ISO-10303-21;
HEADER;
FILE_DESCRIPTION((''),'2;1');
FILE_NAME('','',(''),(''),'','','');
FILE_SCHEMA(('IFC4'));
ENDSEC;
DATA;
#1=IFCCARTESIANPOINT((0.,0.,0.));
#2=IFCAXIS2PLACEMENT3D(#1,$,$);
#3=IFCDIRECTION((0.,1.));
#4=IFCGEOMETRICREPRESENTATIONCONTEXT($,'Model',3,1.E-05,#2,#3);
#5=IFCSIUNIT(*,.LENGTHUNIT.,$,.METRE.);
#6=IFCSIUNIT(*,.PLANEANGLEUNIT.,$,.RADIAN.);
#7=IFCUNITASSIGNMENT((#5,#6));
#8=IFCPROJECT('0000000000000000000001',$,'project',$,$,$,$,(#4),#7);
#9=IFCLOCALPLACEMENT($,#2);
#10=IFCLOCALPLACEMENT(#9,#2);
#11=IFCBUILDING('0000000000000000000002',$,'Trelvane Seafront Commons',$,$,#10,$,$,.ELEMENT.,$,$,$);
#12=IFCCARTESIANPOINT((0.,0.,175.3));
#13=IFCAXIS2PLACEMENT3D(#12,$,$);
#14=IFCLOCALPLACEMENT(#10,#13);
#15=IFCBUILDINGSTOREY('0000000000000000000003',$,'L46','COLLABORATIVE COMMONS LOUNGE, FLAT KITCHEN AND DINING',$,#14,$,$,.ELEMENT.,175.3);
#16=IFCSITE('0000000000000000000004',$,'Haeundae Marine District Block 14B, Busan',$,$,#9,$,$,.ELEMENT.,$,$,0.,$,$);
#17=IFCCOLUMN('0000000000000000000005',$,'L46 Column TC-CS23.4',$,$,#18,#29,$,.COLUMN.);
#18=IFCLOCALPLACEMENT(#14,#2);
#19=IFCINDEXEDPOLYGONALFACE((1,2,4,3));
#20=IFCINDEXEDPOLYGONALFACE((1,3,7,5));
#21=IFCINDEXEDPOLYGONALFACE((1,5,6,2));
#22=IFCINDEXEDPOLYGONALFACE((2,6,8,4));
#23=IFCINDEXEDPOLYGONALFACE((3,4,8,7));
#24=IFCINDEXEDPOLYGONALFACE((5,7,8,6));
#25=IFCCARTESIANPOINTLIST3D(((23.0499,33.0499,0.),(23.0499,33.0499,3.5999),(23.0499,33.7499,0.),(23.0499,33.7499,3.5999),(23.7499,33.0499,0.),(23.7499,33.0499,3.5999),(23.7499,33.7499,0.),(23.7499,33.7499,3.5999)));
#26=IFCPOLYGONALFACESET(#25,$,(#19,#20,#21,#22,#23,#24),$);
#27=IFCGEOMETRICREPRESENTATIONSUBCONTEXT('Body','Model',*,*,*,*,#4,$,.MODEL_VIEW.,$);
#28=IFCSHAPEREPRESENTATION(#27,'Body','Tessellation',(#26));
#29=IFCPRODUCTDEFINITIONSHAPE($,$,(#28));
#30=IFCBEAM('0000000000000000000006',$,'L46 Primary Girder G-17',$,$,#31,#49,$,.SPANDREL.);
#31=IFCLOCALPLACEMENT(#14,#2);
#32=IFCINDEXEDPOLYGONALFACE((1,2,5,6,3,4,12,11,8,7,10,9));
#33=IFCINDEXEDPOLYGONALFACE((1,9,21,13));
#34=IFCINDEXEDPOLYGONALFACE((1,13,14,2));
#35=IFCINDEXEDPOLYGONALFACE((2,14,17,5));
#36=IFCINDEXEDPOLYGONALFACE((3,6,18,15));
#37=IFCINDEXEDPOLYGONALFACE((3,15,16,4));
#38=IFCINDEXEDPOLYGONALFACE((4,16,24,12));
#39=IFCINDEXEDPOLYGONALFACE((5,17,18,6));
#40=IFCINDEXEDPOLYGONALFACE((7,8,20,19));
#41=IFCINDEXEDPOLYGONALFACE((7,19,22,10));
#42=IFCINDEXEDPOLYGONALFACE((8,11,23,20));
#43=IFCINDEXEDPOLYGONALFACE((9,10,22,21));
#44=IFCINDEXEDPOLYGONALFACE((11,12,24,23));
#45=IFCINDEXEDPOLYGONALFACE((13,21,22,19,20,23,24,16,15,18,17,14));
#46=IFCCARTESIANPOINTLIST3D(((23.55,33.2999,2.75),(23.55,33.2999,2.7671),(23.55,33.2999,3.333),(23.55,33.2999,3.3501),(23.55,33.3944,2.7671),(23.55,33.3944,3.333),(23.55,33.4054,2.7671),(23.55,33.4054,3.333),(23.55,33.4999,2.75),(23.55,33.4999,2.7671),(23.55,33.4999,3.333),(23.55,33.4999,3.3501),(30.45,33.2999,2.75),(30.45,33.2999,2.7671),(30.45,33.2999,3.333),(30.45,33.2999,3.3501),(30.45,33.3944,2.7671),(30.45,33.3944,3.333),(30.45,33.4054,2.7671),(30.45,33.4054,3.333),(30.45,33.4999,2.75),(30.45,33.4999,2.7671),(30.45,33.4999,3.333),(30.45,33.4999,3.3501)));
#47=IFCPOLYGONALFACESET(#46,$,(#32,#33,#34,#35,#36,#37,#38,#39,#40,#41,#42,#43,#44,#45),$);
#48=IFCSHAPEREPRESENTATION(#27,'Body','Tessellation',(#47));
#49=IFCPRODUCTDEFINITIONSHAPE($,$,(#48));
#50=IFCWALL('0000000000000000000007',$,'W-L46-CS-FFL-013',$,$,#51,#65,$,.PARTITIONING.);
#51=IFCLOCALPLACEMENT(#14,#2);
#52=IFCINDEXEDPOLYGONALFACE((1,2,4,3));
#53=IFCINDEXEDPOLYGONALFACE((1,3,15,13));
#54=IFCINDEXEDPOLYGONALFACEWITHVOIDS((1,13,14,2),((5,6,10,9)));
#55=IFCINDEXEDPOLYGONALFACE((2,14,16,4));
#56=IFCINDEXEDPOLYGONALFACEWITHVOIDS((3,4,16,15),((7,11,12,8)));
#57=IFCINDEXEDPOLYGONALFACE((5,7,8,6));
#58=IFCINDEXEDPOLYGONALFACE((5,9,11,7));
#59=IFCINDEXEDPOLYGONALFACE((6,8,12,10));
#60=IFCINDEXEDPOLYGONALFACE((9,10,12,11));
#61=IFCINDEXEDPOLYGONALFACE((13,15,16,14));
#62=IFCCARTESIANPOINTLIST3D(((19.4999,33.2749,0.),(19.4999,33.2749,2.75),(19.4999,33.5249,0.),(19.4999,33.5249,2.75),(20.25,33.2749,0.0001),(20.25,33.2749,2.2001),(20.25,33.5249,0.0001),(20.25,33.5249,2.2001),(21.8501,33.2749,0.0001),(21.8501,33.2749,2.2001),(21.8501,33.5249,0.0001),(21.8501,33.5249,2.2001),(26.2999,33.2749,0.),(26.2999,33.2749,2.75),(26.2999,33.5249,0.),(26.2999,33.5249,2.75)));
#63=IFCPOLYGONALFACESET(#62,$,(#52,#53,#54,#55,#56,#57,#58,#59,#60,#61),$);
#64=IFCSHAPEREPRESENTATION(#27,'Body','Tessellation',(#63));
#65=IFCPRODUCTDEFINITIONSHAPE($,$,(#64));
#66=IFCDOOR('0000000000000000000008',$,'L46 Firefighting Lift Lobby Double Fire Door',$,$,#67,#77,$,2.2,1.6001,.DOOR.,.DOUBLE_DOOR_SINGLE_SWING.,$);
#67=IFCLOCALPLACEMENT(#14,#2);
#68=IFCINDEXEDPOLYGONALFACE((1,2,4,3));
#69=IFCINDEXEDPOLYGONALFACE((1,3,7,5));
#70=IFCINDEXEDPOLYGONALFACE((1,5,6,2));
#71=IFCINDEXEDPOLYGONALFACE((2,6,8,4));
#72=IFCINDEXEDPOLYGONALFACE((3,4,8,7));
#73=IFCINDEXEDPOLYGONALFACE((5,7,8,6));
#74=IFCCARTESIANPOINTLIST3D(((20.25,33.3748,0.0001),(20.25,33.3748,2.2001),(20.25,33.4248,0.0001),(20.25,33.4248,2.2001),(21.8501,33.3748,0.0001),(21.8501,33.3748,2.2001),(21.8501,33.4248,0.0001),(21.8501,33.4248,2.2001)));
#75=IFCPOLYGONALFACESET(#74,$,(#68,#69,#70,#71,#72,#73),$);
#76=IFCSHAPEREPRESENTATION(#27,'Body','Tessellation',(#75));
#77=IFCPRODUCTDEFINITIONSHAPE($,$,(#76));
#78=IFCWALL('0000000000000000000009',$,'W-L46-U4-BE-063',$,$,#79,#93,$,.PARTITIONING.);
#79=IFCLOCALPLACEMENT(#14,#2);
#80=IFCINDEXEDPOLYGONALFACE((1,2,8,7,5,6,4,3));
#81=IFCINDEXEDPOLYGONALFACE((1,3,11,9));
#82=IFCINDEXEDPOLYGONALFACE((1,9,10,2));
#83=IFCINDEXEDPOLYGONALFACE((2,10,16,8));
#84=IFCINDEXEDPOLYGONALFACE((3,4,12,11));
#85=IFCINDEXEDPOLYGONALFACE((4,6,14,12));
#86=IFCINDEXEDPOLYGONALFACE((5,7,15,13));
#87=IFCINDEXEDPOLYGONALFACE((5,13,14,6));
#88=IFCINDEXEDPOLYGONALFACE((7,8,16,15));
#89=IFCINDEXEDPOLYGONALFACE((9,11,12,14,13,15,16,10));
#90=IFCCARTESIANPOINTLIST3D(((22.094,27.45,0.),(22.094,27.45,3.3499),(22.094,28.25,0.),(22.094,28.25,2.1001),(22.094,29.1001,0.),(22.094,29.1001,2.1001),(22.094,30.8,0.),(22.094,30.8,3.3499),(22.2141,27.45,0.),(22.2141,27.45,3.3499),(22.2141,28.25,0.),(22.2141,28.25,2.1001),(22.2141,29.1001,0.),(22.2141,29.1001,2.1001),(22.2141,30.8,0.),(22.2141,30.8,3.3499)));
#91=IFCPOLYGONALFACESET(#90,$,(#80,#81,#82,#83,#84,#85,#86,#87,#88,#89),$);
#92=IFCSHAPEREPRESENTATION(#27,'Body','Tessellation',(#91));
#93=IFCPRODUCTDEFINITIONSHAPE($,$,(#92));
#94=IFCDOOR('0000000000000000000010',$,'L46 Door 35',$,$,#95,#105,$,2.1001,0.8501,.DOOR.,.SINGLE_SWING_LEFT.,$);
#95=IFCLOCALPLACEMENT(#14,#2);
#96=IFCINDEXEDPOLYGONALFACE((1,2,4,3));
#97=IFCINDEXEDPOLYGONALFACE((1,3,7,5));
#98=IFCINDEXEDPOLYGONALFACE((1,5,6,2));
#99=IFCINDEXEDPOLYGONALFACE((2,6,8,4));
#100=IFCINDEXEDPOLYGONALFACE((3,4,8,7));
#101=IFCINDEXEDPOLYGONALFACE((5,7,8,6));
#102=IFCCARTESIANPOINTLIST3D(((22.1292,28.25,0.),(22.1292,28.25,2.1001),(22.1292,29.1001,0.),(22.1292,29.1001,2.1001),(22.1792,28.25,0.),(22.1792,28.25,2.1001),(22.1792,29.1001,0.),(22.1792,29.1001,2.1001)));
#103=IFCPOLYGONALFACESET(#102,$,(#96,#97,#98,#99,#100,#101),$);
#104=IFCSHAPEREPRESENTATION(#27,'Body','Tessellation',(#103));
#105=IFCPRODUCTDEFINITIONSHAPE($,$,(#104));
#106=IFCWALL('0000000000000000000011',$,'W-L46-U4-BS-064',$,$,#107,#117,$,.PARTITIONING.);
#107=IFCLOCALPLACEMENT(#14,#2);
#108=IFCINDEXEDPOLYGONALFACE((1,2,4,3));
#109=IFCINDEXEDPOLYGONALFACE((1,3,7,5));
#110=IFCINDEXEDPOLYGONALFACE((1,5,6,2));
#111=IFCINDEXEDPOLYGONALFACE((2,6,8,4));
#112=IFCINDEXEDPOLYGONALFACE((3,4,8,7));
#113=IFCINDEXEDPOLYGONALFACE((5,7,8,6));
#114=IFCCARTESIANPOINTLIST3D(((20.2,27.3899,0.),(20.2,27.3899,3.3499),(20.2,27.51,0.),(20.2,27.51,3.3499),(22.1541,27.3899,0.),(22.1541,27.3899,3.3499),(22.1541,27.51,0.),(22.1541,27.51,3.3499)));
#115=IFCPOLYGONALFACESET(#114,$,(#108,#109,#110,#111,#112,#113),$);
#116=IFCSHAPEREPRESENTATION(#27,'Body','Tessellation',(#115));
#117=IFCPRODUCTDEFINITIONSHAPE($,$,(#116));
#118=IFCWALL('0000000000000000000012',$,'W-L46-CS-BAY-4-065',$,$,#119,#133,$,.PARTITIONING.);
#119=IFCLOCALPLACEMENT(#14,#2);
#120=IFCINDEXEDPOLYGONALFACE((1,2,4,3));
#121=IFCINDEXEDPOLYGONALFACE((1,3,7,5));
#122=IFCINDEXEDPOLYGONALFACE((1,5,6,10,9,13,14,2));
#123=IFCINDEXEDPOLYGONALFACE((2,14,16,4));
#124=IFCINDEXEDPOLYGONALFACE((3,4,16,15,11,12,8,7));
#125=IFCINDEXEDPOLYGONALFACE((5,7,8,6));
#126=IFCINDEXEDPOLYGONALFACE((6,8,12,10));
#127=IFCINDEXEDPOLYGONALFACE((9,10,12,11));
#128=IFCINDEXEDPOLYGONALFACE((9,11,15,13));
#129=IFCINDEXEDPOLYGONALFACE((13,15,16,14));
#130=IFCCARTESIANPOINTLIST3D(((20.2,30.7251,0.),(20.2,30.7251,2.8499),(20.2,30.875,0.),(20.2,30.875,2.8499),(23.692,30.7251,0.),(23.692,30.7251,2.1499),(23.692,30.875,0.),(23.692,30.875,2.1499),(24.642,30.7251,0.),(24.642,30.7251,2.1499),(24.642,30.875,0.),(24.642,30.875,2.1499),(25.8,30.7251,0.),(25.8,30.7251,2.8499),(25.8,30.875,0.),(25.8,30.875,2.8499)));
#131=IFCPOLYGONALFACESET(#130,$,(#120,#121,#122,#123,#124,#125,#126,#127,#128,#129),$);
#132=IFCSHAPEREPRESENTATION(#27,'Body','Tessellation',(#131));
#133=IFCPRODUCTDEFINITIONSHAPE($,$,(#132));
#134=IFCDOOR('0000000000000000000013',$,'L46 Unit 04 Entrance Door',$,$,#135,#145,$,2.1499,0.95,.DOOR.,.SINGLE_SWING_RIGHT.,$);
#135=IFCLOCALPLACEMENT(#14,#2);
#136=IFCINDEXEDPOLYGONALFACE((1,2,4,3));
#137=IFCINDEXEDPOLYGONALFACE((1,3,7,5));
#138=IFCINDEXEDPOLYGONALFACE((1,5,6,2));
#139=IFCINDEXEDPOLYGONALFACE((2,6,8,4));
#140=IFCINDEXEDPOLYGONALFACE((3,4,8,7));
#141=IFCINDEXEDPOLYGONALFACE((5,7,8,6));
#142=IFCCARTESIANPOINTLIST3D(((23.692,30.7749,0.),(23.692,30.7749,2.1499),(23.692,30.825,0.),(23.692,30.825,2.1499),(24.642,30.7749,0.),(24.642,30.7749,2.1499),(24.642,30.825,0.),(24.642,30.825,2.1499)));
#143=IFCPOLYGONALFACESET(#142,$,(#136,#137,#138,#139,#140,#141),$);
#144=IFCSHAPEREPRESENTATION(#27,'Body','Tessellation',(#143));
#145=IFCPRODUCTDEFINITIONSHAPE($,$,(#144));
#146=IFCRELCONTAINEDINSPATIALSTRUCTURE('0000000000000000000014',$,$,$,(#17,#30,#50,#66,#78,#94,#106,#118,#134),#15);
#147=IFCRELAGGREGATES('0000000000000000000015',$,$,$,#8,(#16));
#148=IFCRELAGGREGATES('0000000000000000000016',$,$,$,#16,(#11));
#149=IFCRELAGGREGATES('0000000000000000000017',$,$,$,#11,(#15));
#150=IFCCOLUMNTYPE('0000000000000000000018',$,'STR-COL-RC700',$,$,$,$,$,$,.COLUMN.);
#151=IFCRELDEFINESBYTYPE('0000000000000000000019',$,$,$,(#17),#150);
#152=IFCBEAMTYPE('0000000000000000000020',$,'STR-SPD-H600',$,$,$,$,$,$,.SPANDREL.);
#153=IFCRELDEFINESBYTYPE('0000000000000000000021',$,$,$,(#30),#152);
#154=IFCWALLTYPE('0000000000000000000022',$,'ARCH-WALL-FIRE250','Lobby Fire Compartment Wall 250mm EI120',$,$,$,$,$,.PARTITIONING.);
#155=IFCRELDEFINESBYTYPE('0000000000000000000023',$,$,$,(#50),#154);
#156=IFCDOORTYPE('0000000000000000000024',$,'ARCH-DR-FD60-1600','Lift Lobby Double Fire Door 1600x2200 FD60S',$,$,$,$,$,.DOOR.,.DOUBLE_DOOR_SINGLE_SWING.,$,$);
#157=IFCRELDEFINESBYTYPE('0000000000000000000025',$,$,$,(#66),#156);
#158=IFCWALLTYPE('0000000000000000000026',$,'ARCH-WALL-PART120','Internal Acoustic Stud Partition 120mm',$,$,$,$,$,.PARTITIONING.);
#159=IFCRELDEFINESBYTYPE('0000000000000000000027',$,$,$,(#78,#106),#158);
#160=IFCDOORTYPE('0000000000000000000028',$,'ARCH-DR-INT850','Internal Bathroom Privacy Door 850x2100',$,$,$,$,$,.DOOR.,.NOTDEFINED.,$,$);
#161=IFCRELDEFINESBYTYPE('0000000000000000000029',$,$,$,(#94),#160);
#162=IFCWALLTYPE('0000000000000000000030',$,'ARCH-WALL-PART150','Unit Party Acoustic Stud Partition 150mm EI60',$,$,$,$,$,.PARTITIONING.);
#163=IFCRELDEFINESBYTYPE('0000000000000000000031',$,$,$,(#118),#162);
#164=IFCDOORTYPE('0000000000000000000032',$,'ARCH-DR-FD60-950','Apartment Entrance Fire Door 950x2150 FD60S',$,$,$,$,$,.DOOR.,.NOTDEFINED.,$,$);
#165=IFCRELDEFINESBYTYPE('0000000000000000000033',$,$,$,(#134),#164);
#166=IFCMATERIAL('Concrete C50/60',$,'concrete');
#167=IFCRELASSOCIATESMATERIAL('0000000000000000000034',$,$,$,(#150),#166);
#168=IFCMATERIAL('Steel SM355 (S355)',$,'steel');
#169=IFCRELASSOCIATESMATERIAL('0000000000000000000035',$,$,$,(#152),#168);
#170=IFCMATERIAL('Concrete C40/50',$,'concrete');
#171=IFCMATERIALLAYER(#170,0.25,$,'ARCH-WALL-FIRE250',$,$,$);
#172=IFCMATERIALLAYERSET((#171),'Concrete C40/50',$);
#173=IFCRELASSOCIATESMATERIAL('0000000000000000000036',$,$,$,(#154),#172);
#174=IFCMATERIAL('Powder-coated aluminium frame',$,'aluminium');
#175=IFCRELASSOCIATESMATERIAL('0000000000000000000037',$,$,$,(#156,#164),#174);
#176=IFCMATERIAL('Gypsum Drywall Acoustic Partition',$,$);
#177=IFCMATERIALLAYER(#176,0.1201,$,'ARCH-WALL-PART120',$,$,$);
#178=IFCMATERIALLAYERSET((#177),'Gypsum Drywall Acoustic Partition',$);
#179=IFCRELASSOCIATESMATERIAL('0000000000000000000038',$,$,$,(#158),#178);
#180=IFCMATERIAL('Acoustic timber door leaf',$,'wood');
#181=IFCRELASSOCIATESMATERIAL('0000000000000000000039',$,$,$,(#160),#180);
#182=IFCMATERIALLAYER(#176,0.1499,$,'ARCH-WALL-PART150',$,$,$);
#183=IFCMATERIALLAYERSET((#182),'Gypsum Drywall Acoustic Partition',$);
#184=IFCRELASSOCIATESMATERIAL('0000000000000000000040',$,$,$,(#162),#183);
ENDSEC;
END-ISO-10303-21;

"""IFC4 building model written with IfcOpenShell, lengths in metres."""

from ifc_helpers import new_model, si_unit, direction, frame, frame_2d, origin, origin_2d, place, context, subcontext, project, spatial, rectangle, i_section, extrude, source, transform, mapped, material, layer, layer_set, material_profile, profile_set, type_object, element, fill, save


model = new_model("IFC4")

# Units and contexts
model_context = context("Model", 3, precision=1e-05, world=origin(), true_north=direction((0.0, 1.0)))
body_context = subcontext(model_context, "Body", "Model", "MODEL_VIEW")
ifc_project = project(units=[si_unit("LENGTHUNIT", "METRE"), si_unit("PLANEANGLEUNIT", "RADIAN")], contexts=[model_context])

# Site, building, storey
site_placement = place(None, origin())
site = spatial("IfcSite", under=ifc_project, at=site_placement, Name="Haeundae Marine District Block 14B, Busan", CompositionType="ELEMENT", RefElevation=0.0)
building_placement = place(site_placement, origin())
building = spatial("IfcBuilding", under=site, at=building_placement, Name="Trelvane Seafront Commons", CompositionType="ELEMENT")
storey_placement = place(building_placement, frame((0.0, 0.0, 175.3)))
storey = spatial("IfcBuildingStorey", under=building, at=storey_placement, Name="L46", Description="COLLABORATIVE COMMONS LOUNGE, FLAT KITCHEN AND DINING", CompositionType="ELEMENT", Elevation=175.3)

# Column
ifc_material_1 = material(Name="Concrete C50/60", Category="concrete")
ifc_material_profile_1 = material_profile(ifc_material_1, rectangle(XDim=0.7, YDim=0.7, at=origin_2d()), Name="RC-700x700")
ifc_profile_set_1 = profile_set([ifc_material_profile_1], Name="Concrete C50/60")
column_type = type_object("IfcColumnType", Name="STR-COL-RC700", PredefinedType="COLUMN", material=ifc_profile_set_1)
shared_shape_1 = source(origin(), body_context, "Body", "SweptSolid", [
    extrude(rectangle(XDim=0.7, YDim=0.7, at=origin_2d()), origin(), (0.0, 0.0, 1.0), 3.5999),
])
column_placement = place(storey_placement, frame((23.3999, 33.3999, 0.0), z_axis=(0.0, 0.0, 1.0), x_axis=(1.0, 0.0, 0.0)))
element("IfcColumn", 1, at=column_placement, inside=storey, type_object=column_type, Name="L46 Column TC-CS23.4", PredefinedType="COLUMN", context=body_context, shape_type="MappedRepresentation", body=[
    mapped(shared_shape_1, transform((0.0, 0.0, 0.0), x_axis=(1.0, 0.0, 0.0), y_axis=(0.0, 1.0, 0.0), z_axis=(0.0, 0.0, 1.0), scale=1.0)),
])

# Beam
ifc_material_2 = material(Name="Steel SM355 (S355)", Category="steel")
ifc_material_profile_2 = material_profile(ifc_material_2, i_section(OverallWidth=0.2, OverallDepth=0.6001, WebThickness=0.011, FlangeThickness=0.0171, at=origin_2d()), Name="H-600x200x11x17")
ifc_profile_set_2 = profile_set([ifc_material_profile_2], Name="Steel SM355 (S355)")
beam_type = type_object("IfcBeamType", Name="STR-SPD-H600", PredefinedType="SPANDREL", material=ifc_profile_set_2)
shared_shape_2 = source(origin(), body_context, "Body", "SweptSolid", [
    extrude(i_section(OverallWidth=0.2, OverallDepth=0.6001, WebThickness=0.011, FlangeThickness=0.0171, at=origin_2d()), origin(), (0.0, 0.0, 1.0), 6.8999),
])
beam_placement = place(storey_placement, frame((23.55, 33.3999, 3.05), z_axis=(1.0, 0.0, 0.0), x_axis=(0.0, 1.0, 0.0)))
element("IfcBeam", 2, at=beam_placement, inside=storey, type_object=beam_type, Name="L46 Primary Girder G-17", PredefinedType="SPANDREL", context=body_context, shape_type="MappedRepresentation", body=[
    mapped(shared_shape_2, transform((0.0, 0.0, 0.0), x_axis=(1.0, 0.0, 0.0), y_axis=(0.0, 1.0, 0.0), z_axis=(0.0, 0.0, 1.0), scale=1.0)),
])

# Walls, openings, doors
ifc_material_3 = material(Name="Concrete C40/50", Category="concrete")
ifc_layer_1 = layer(ifc_material_3, 0.25, Name="ARCH-WALL-FIRE250")
ifc_layer_set_1 = layer_set([ifc_layer_1], Name="Concrete C40/50")
wall_type_1 = type_object("IfcWallType", Name="ARCH-WALL-FIRE250", Description="Lobby Fire Compartment Wall 250mm EI120", PredefinedType="PARTITIONING", material=ifc_layer_set_1)
wall_1_placement = place(storey_placement, frame((19.5, 33.3999, 0.0), z_axis=(0.0, 0.0, 1.0), x_axis=(1.0, 0.0, 0.0)))
wall_1 = element("IfcWall", 3, at=wall_1_placement, inside=storey, type_object=wall_type_1, Name="W-L46-CS-FFL-013", PredefinedType="PARTITIONING", context=body_context, shape_type="SweptSolid", body=[
    extrude(rectangle(XDim=6.8, YDim=0.25, at=frame_2d((3.3999, 0.0))), origin(), (0.0, 0.0, 1.0), 2.75),
])
opening_1_placement = place(wall_1_placement, frame((0.75, 0.0, 0.0)))
opening_1 = element("IfcOpeningElement", 4, at=opening_1_placement, cuts=wall_1, PredefinedType="OPENING", context=body_context, shape_type="SweptSolid", body=[
    extrude(rectangle(XDim=1.6001, YDim=2.2, at=frame_2d((0.8, 1.1001))), frame((0.0, 0.135, 0.0), z_axis=(0.0, -1.0, 0.0), x_axis=(1.0, 0.0, 0.0)), (0.0, 0.0, 1.0), 0.27),
])
ifc_material_4 = material(Name="Powder-coated aluminium frame", Category="aluminium")
door_type_1 = type_object("IfcDoorType", Name="ARCH-DR-FD60-1600", Description="Lift Lobby Double Fire Door 1600x2200 FD60S", OperationType="DOUBLE_DOOR_SINGLE_SWING", PredefinedType="DOOR", material=ifc_material_4)
shared_shape_3 = source(origin(), body_context, "Body", "SweptSolid", [
    extrude(rectangle(XDim=1.6001, YDim=2.2, at=frame_2d((0.8, 1.1001))), frame((0.0, 0.0249, 0.0), z_axis=(0.0, -1.0, 0.0), x_axis=(1.0, 0.0, 0.0)), (0.0, 0.0, 1.0), 0.05),
])
door_1_placement = place(opening_1_placement, origin())
door_1 = element("IfcDoor", 5, at=door_1_placement, inside=storey, type_object=door_type_1, Name="L46 Firefighting Lift Lobby Double Fire Door", OperationType="DOUBLE_DOOR_SINGLE_SWING", OverallHeight=2.2, OverallWidth=1.6001, PredefinedType="DOOR", context=body_context, shape_type="MappedRepresentation", body=[
    mapped(shared_shape_3, transform((0.0, 0.0, 0.0), x_axis=(1.0, 0.0, 0.0), y_axis=(0.0, 1.0, 0.0), z_axis=(0.0, 0.0, 1.0), scale=1.0)),
])
fill(opening_1, door_1)
ifc_material_5 = material(Name="Acoustic timber door leaf", Category="wood")
shared_shape_4 = source(origin(), body_context, "Body", "SweptSolid", [
    extrude(rectangle(XDim=0.95, YDim=2.1499, at=frame_2d((0.4751, 1.075))), frame((0.0, 0.0249, 0.0), z_axis=(0.0, -1.0, 0.0), x_axis=(1.0, 0.0, 0.0)), (0.0, 0.0, 1.0), 0.05),
])
ifc_material_6 = material(Name="Gypsum Drywall Acoustic Partition")
ifc_layer_2 = layer(ifc_material_6, 0.1201, Name="ARCH-WALL-PART120")
ifc_layer_set_2 = layer_set([ifc_layer_2], Name="Gypsum Drywall Acoustic Partition")
wall_type_2 = type_object("IfcWallType", Name="ARCH-WALL-PART120", Description="Internal Acoustic Stud Partition 120mm", PredefinedType="PARTITIONING", material=ifc_layer_set_2)
wall_2_placement = place(storey_placement, frame((22.1541, 27.45, 0.0), z_axis=(0.0, 0.0, 1.0), x_axis=(0.0, 1.0, 0.0)))
wall_2 = element("IfcWall", 6, at=wall_2_placement, inside=storey, type_object=wall_type_2, Name="W-L46-U4-BE-063", PredefinedType="PARTITIONING", context=body_context, shape_type="SweptSolid", body=[
    extrude(rectangle(XDim=3.3501, YDim=0.1201, at=frame_2d((1.675, 0.0))), origin(), (0.0, 0.0, 1.0), 3.3499),
])
opening_2_placement = place(wall_2_placement, frame((0.8, 0.0, 0.0)))
opening_2 = element("IfcOpeningElement", 7, at=opening_2_placement, cuts=wall_2, PredefinedType="OPENING", context=body_context, shape_type="SweptSolid", body=[
    extrude(rectangle(XDim=0.8501, YDim=2.1001, at=frame_2d((0.425, 1.05))), frame((0.0, 0.0701, 0.0), z_axis=(0.0, -1.0, 0.0), x_axis=(1.0, 0.0, 0.0)), (0.0, 0.0, 1.0), 0.1401),
])
door_type_2 = type_object("IfcDoorType", Name="ARCH-DR-INT850", Description="Internal Bathroom Privacy Door 850x2100", OperationType="NOTDEFINED", PredefinedType="DOOR", material=ifc_material_5)
shared_shape_5 = source(origin(), body_context, "Body", "SweptSolid", [
    extrude(rectangle(XDim=0.8501, YDim=2.1001, at=frame_2d((0.425, 1.05))), frame((0.0, 0.0249, 0.0), z_axis=(0.0, -1.0, 0.0), x_axis=(1.0, 0.0, 0.0)), (0.0, 0.0, 1.0), 0.05),
])
door_2_placement = place(opening_2_placement, origin())
door_2 = element("IfcDoor", 8, at=door_2_placement, inside=storey, type_object=door_type_2, Name="L46 Door 35", OperationType="SINGLE_SWING_LEFT", OverallHeight=2.1001, OverallWidth=0.8501, PredefinedType="DOOR", context=body_context, shape_type="MappedRepresentation", body=[
    mapped(shared_shape_5, transform((0.0, 0.0, 0.0), x_axis=(1.0, 0.0, 0.0), y_axis=(0.0, 1.0, 0.0), z_axis=(0.0, 0.0, 1.0), scale=1.0)),
])
fill(opening_2, door_2)

# Wall
wall_3_placement = place(storey_placement, frame((20.2, 27.45, 0.0), z_axis=(0.0, 0.0, 1.0), x_axis=(1.0, 0.0, 0.0)))
element("IfcWall", 9, at=wall_3_placement, inside=storey, type_object=wall_type_2, Name="W-L46-U4-BS-064", PredefinedType="PARTITIONING", context=body_context, shape_type="SweptSolid", body=[
    extrude(rectangle(XDim=1.9541, YDim=0.1201, at=frame_2d((0.9771, 0.0))), origin(), (0.0, 0.0, 1.0), 3.3499),
])

# Wall, opening, door
ifc_layer_3 = layer(ifc_material_6, 0.1499, Name="ARCH-WALL-PART150")
ifc_layer_set_3 = layer_set([ifc_layer_3], Name="Gypsum Drywall Acoustic Partition")
wall_type_3 = type_object("IfcWallType", Name="ARCH-WALL-PART150", Description="Unit Party Acoustic Stud Partition 150mm EI60", PredefinedType="PARTITIONING", material=ifc_layer_set_3)
wall_4_placement = place(storey_placement, frame((20.2, 30.8, 0.0), z_axis=(0.0, 0.0, 1.0), x_axis=(1.0, 0.0, 0.0)))
wall_4 = element("IfcWall", 10, at=wall_4_placement, inside=storey, type_object=wall_type_3, Name="W-L46-CS-BAY-4-065", PredefinedType="PARTITIONING", context=body_context, shape_type="SweptSolid", body=[
    extrude(rectangle(XDim=5.6001, YDim=0.1499, at=frame_2d((2.8, 0.0))), origin(), (0.0, 0.0, 1.0), 2.8499),
])
opening_3_placement = place(wall_4_placement, frame((3.4919, 0.0, 0.0)))
opening_3 = element("IfcOpeningElement", 11, at=opening_3_placement, cuts=wall_4, PredefinedType="OPENING", context=body_context, shape_type="SweptSolid", body=[
    extrude(rectangle(XDim=0.95, YDim=2.1499, at=frame_2d((0.4751, 1.075))), frame((0.0, 0.085, 0.0), z_axis=(0.0, -1.0, 0.0), x_axis=(1.0, 0.0, 0.0)), (0.0, 0.0, 1.0), 0.1699),
])
door_type_3 = type_object("IfcDoorType", Name="ARCH-DR-FD60-950", Description="Apartment Entrance Fire Door 950x2150 FD60S", OperationType="NOTDEFINED", PredefinedType="DOOR", material=ifc_material_4)
door_3_placement = place(opening_3_placement, origin())
door_3 = element("IfcDoor", 12, at=door_3_placement, inside=storey, type_object=door_type_3, Name="L46 Unit 04 Entrance Door", OperationType="SINGLE_SWING_RIGHT", OverallHeight=2.1499, OverallWidth=0.95, PredefinedType="DOOR", context=body_context, shape_type="MappedRepresentation", body=[
    mapped(shared_shape_4, transform((0.0, 0.0, 0.0), x_axis=(1.0, 0.0, 0.0), y_axis=(0.0, 1.0, 0.0), z_axis=(0.0, 0.0, 1.0), scale=1.0)),
])
fill(opening_3, door_3)

save(model, "model.ifc")
